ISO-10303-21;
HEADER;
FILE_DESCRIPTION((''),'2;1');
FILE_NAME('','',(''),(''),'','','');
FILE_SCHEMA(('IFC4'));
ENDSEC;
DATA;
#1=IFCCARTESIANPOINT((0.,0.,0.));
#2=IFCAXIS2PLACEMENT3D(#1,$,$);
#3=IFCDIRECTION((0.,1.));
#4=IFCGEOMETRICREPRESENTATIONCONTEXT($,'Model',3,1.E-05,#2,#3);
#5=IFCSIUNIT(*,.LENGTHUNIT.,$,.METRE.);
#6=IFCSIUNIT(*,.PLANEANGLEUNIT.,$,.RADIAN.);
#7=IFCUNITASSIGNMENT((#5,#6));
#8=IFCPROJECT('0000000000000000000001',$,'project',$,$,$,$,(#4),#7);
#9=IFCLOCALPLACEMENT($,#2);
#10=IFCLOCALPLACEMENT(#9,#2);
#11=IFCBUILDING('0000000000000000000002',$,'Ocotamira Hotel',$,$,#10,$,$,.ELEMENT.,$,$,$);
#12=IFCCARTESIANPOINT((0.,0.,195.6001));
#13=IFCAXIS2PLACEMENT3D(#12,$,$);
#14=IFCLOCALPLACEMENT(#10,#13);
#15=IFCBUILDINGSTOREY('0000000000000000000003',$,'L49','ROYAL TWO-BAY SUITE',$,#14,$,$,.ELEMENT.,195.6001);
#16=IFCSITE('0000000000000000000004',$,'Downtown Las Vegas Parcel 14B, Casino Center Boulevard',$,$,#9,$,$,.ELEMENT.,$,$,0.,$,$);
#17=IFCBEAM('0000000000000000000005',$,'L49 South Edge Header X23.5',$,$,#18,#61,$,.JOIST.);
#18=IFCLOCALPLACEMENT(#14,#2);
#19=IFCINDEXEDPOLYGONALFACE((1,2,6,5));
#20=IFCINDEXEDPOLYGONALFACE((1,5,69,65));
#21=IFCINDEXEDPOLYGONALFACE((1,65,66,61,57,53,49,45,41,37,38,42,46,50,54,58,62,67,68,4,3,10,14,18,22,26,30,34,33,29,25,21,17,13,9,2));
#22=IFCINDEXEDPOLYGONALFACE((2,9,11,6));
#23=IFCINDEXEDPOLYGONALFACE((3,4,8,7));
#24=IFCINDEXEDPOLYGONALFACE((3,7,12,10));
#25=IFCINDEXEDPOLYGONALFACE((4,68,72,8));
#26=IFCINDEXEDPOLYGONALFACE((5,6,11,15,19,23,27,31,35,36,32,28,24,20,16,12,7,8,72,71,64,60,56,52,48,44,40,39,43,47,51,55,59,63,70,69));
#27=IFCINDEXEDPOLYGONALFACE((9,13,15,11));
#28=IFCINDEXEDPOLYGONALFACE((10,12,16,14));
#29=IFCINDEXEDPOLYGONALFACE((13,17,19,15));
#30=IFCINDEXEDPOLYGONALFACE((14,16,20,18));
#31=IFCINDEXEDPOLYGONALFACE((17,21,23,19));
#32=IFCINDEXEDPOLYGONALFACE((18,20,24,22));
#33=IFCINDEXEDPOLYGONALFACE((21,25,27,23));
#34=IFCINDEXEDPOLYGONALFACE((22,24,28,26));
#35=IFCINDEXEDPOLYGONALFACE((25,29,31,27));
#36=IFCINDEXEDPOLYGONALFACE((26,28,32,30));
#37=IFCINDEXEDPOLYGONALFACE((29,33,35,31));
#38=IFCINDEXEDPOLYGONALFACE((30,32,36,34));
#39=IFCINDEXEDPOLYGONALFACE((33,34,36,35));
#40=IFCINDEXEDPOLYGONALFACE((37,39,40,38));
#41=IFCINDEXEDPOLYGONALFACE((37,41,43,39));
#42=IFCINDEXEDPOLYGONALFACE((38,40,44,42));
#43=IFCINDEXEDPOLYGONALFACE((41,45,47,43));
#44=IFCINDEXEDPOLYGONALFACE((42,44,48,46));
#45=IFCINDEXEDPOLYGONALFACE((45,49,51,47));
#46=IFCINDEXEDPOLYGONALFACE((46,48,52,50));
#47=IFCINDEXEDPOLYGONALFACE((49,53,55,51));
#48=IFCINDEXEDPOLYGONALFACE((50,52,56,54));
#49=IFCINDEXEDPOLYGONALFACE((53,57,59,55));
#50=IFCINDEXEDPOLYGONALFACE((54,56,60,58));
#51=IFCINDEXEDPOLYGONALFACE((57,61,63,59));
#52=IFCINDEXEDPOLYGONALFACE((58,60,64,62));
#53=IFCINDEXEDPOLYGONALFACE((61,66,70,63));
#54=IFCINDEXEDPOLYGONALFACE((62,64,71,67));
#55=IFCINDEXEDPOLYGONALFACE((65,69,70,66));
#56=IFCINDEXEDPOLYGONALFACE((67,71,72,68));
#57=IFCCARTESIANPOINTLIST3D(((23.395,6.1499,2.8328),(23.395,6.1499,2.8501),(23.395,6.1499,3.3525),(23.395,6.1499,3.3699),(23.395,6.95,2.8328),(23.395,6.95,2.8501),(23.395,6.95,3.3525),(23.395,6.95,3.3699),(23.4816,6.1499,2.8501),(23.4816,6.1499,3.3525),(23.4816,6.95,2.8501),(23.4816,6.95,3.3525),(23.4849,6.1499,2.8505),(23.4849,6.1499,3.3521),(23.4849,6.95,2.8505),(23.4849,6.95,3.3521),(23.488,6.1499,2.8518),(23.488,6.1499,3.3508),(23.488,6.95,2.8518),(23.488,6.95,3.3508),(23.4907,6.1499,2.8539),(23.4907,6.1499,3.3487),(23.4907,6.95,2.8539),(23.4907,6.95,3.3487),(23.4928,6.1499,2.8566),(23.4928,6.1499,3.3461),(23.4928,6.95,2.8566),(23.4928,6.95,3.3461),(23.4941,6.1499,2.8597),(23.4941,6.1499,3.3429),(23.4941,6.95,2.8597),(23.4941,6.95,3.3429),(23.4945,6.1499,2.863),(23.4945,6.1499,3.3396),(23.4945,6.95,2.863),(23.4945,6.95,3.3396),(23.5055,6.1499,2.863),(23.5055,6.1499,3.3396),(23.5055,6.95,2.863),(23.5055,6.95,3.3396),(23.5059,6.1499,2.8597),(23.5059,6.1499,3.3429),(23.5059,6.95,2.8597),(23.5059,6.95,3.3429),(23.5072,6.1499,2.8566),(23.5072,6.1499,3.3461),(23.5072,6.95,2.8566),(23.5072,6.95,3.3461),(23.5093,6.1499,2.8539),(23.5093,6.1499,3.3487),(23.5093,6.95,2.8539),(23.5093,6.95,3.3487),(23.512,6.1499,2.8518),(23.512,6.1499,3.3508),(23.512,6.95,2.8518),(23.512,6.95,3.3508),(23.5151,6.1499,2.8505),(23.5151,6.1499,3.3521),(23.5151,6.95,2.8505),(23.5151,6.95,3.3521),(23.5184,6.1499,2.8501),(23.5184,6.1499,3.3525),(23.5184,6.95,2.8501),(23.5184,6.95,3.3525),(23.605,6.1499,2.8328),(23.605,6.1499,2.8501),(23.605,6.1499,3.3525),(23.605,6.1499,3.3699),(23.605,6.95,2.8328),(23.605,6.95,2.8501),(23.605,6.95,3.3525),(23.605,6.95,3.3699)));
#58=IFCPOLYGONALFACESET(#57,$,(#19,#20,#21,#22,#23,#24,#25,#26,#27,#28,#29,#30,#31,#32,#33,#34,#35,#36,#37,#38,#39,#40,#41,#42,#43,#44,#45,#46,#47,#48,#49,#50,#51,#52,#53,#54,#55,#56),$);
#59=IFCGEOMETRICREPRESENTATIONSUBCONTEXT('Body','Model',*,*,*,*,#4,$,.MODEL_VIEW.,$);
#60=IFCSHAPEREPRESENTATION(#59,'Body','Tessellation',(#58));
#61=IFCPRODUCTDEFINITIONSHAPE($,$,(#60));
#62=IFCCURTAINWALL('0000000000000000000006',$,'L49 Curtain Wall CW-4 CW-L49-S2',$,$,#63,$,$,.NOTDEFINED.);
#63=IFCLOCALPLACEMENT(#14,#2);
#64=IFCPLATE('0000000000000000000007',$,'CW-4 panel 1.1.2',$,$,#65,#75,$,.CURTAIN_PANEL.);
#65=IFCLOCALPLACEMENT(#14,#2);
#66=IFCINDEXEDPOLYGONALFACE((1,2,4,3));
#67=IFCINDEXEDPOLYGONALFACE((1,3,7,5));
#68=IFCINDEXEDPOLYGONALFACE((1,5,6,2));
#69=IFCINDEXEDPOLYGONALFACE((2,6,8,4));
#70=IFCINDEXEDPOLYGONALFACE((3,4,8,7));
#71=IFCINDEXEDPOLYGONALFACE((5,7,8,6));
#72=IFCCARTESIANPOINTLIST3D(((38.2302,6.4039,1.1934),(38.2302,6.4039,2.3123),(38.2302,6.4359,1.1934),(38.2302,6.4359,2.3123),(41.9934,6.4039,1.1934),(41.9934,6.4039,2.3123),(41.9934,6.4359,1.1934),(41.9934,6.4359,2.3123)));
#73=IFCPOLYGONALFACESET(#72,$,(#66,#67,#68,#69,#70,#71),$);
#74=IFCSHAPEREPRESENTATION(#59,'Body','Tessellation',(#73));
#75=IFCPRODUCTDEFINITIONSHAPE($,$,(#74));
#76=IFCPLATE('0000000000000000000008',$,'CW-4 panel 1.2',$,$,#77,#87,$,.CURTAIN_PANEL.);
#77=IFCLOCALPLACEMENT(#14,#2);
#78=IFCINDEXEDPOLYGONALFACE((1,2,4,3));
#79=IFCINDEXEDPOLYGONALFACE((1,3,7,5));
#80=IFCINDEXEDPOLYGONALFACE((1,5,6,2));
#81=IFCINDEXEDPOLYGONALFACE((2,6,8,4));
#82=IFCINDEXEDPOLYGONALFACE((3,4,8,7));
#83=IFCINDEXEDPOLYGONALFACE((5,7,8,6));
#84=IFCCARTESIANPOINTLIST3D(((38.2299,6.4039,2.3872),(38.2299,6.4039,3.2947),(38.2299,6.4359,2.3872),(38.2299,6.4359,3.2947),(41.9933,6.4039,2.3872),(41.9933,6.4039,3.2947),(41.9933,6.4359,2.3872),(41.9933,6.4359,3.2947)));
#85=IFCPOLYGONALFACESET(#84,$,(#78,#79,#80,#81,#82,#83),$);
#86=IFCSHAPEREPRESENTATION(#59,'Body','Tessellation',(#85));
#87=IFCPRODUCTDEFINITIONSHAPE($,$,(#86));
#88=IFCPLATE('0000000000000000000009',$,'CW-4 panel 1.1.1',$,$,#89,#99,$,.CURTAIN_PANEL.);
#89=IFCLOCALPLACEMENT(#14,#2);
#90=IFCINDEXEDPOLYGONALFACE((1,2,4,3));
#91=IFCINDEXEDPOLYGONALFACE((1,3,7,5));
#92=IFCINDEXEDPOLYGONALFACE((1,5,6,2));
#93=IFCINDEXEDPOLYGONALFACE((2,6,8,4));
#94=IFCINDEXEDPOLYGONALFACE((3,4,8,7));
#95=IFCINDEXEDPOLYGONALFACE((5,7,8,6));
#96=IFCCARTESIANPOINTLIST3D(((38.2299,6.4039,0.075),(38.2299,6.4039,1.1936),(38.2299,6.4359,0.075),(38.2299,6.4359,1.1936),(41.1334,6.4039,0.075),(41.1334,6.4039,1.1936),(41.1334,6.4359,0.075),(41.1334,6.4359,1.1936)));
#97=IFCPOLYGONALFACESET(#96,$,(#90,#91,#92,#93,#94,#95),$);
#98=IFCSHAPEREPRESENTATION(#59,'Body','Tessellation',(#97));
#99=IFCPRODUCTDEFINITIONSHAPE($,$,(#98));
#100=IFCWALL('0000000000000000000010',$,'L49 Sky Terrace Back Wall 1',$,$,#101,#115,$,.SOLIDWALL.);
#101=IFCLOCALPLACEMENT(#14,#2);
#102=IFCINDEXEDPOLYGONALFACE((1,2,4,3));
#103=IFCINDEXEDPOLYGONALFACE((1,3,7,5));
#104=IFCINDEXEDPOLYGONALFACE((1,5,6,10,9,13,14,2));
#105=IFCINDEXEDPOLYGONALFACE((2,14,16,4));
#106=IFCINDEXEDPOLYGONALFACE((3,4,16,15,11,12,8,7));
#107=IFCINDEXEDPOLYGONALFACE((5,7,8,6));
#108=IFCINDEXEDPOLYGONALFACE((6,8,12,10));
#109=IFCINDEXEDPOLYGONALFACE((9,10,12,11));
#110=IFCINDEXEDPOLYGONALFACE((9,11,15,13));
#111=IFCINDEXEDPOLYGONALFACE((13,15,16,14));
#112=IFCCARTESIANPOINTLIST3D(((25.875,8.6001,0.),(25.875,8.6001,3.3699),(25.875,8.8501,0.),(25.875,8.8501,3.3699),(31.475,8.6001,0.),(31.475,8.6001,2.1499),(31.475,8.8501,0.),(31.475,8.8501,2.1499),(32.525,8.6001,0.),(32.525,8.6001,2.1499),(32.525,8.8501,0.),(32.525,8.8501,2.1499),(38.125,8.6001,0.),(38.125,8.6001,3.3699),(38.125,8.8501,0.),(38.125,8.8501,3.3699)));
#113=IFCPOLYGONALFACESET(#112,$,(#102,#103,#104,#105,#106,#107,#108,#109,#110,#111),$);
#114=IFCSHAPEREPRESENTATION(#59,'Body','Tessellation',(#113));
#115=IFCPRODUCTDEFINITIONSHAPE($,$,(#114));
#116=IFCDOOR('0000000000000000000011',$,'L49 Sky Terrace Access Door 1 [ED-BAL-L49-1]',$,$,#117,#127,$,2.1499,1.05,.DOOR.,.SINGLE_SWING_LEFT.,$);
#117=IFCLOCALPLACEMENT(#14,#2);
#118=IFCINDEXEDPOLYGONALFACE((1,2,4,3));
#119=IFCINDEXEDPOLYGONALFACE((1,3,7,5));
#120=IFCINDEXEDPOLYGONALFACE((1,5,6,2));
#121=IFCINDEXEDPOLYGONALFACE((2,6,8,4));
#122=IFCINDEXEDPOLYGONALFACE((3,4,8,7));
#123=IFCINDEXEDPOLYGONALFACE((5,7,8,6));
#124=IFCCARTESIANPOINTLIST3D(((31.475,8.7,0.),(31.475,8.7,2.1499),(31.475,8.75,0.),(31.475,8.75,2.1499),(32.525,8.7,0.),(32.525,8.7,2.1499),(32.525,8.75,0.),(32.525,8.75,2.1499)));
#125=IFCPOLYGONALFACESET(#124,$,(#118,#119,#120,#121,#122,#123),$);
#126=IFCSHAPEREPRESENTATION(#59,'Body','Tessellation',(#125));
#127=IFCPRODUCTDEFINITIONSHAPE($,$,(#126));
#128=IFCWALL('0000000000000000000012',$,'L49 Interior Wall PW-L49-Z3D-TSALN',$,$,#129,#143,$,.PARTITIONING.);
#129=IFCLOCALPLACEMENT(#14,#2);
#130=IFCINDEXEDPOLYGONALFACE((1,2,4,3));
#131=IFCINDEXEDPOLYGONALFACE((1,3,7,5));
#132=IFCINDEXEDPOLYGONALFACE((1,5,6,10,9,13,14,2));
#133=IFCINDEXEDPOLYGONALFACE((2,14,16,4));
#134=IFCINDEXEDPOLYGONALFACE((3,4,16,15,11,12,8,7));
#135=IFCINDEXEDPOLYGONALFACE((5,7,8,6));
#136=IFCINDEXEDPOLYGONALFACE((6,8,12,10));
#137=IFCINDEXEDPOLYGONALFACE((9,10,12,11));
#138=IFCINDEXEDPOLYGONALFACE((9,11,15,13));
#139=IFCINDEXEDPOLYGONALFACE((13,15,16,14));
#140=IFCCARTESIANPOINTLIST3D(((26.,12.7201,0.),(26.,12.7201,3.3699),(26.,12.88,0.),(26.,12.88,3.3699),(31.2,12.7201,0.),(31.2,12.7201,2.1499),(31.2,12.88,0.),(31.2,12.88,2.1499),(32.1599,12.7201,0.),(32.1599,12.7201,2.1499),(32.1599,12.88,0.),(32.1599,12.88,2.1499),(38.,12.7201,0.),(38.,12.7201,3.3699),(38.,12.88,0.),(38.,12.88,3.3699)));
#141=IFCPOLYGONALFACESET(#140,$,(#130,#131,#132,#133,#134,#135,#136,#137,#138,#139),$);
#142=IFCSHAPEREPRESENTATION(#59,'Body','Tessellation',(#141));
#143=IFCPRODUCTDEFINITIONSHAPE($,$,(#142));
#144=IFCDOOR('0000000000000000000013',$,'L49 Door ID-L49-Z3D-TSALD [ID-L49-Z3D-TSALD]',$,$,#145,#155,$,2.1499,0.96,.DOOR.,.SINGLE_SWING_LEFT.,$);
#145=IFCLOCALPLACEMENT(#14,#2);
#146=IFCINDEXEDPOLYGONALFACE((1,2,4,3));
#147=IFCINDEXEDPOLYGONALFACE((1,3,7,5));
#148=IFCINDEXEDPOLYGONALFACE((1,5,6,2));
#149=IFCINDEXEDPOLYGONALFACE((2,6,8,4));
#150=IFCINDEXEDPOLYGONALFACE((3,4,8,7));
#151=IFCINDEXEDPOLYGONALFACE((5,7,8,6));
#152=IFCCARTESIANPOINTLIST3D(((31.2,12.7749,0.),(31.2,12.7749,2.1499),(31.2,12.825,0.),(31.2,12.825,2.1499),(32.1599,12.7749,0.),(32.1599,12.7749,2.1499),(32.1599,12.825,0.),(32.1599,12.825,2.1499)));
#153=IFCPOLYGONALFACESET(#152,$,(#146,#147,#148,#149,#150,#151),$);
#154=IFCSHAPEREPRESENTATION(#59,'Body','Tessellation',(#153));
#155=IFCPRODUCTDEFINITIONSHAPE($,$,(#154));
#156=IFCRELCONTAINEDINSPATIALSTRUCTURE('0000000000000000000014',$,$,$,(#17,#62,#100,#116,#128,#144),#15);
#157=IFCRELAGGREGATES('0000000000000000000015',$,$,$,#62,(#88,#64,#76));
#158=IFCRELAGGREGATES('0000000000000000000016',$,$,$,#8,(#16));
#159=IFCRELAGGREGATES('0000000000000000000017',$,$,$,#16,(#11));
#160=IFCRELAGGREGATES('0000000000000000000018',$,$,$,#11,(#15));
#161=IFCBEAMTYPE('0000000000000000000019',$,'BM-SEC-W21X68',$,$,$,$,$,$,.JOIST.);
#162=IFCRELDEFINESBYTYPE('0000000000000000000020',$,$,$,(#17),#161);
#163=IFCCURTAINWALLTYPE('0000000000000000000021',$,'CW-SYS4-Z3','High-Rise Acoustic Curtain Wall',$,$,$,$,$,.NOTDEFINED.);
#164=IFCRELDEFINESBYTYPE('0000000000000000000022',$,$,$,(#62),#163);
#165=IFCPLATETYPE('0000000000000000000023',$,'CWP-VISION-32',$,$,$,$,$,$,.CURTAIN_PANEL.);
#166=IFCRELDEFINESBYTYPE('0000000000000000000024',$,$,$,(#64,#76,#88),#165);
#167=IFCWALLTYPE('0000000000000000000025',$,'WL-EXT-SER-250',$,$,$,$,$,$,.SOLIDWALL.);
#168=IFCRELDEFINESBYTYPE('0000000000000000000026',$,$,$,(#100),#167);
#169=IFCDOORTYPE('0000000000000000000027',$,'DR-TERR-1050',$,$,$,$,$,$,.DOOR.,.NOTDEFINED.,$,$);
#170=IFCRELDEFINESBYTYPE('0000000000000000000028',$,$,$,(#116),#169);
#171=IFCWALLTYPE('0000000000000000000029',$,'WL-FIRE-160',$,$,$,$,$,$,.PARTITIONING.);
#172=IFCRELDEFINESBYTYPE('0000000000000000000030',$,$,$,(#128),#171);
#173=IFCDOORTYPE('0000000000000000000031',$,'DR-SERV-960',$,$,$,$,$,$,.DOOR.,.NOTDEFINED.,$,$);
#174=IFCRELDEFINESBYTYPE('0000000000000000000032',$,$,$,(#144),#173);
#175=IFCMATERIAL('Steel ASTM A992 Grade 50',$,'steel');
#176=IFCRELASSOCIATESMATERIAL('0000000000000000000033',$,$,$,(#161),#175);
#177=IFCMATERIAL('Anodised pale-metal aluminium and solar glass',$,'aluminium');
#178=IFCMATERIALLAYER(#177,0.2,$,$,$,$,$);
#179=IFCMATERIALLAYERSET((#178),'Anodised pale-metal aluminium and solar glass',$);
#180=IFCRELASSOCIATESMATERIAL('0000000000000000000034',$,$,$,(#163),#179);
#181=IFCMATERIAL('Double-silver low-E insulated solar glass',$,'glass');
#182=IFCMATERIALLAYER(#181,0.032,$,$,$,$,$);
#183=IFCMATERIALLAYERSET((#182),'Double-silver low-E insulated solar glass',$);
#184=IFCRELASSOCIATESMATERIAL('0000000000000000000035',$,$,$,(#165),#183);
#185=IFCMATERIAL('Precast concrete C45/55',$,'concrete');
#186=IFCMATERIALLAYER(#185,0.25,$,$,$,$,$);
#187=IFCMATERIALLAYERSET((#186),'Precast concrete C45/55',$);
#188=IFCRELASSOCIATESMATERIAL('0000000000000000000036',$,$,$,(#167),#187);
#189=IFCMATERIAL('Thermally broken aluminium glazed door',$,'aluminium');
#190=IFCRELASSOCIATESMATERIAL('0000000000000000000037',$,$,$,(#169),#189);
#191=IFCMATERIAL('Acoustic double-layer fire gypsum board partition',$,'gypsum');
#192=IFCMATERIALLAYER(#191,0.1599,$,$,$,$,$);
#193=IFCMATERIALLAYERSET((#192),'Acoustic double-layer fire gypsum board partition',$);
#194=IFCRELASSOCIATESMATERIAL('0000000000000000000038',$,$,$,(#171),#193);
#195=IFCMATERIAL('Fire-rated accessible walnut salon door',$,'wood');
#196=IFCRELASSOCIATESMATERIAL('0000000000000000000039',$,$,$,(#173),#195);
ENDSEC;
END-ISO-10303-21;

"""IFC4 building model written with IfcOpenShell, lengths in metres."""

from ifc_helpers import new_model, si_unit, direction, frame, frame_2d, origin, origin_2d, place, context, subcontext, project, spatial, rectangle, i_section, extrude, source, transform, mapped, material, layer, layer_set, material_profile, profile_set, type_object, element, fill, aggregate, save


model = new_model("IFC4")

# Units and contexts
model_context = context("Model", 3, precision=1e-05, world=origin(), true_north=direction((0.0, 1.0)))
body_context = subcontext(model_context, "Body", "Model", "MODEL_VIEW")
ifc_project = project(units=[si_unit("LENGTHUNIT", "METRE"), si_unit("PLANEANGLEUNIT", "RADIAN")], contexts=[model_context])

# Site, building, storey
site_placement = place(None, origin())
site = spatial("IfcSite", under=ifc_project, at=site_placement, Name="Downtown Las Vegas Parcel 14B, Casino Center Boulevard", CompositionType="ELEMENT", RefElevation=0.0)
building_placement = place(site_placement, origin())
building = spatial("IfcBuilding", under=site, at=building_placement, Name="Ocotamira Hotel", CompositionType="ELEMENT")
storey_placement = place(building_placement, frame((0.0, 0.0, 195.6001)))
storey = spatial("IfcBuildingStorey", under=building, at=storey_placement, Name="L49", Description="ROYAL TWO-BAY SUITE", CompositionType="ELEMENT", Elevation=195.6001)

# Beam
ifc_material_1 = material(Name="Steel ASTM A992 Grade 50", Category="steel")
ifc_material_profile_1 = material_profile(ifc_material_1, i_section(OverallWidth=0.21, OverallDepth=0.5371, WebThickness=0.011, FlangeThickness=0.0173, FilletRadius=0.0129, at=origin_2d()), Name="W21X68")
ifc_profile_set_1 = profile_set([ifc_material_profile_1], Name="Steel ASTM A992 Grade 50")
beam_type_1 = type_object("IfcBeamType", Name="BM-SEC-W21X68", PredefinedType="JOIST", material=ifc_profile_set_1)
shared_shape_1 = source(origin(), body_context, "Body", "SweptSolid", [
    extrude(i_section(OverallWidth=0.21, OverallDepth=0.5371, WebThickness=0.011, FlangeThickness=0.0173, FilletRadius=0.0129, at=origin_2d()), origin(), (0.0, 0.0, 1.0), 0.8),
])
beam_1_placement = place(storey_placement, frame((23.5, 6.95, 3.1013), z_axis=(0.0, -1.0, 0.0), x_axis=(1.0, 0.0, 0.0)))
element("IfcBeam", 1, at=beam_1_placement, inside=storey, type_object=beam_type_1, Name="L49 South Edge Header X23.5", PredefinedType="JOIST", context=body_context, shape_type="MappedRepresentation", body=[
    mapped(shared_shape_1, transform((0.0, 0.0, 0.0), scale=1.0)),
])

# Curtain wall, plates
ifc_material_2 = material(Name="Anodised pale-metal aluminium and solar glass", Category="aluminium")
ifc_layer_1 = layer(ifc_material_2, 0.2)
ifc_layer_set_1 = layer_set([ifc_layer_1], Name="Anodised pale-metal aluminium and solar glass")
curtain_wall_type = type_object("IfcCurtainWallType", Name="CW-SYS4-Z3", Description="High-Rise Acoustic Curtain Wall", PredefinedType="NOTDEFINED", material=ifc_layer_set_1)
curtain_wall_placement = place(storey_placement, origin())
curtain_wall = element("IfcCurtainWall", 2, at=curtain_wall_placement, inside=storey, type_object=curtain_wall_type, Name="L49 Curtain Wall CW-4 CW-L49-S2", PredefinedType="NOTDEFINED")
ifc_material_3 = material(Name="Double-silver low-E insulated solar glass", Category="glass")
ifc_layer_2 = layer(ifc_material_3, 0.032)
ifc_layer_set_2 = layer_set([ifc_layer_2], Name="Double-silver low-E insulated solar glass")
plate_type = type_object("IfcPlateType", Name="CWP-VISION-32", PredefinedType="CURTAIN_PANEL", material=ifc_layer_set_2)
shared_shape_2 = source(origin(), body_context, "Body", "SweptSolid", [
    extrude(rectangle(XDim=3.7632, YDim=0.032, at=origin_2d()), origin(), (0.0, 0.0, 1.0), 1.1189),
])
plate_1_placement = place(storey_placement, frame((40.1118, 6.4199, 1.1934), z_axis=(0.0, 0.0, 1.0), x_axis=(1.0, 0.0, 0.0)))
plate_1 = element("IfcPlate", 3, at=plate_1_placement, type_object=plate_type, Name="CW-4 panel 1.1.2", PredefinedType="CURTAIN_PANEL", context=body_context, shape_type="MappedRepresentation", body=[
    mapped(shared_shape_2, transform((0.0, 0.0, 0.0), scale=1.0)),
])
shared_shape_3 = source(origin(), body_context, "Body", "SweptSolid", [
    extrude(rectangle(XDim=3.7634, YDim=0.032, at=origin_2d()), origin(), (0.0, 0.0, 1.0), 0.9075),
])
plate_2_placement = place(storey_placement, frame((40.1116, 6.4199, 2.3872), z_axis=(0.0, 0.0, 1.0), x_axis=(1.0, 0.0, 0.0)))
plate_2 = element("IfcPlate", 4, at=plate_2_placement, type_object=plate_type, Name="CW-4 panel 1.2", PredefinedType="CURTAIN_PANEL", context=body_context, shape_type="MappedRepresentation", body=[
    mapped(shared_shape_3, transform((0.0, 0.0, 0.0), scale=1.0)),
])
shared_shape_4 = source(origin(), body_context, "Body", "SweptSolid", [
    extrude(rectangle(XDim=2.9036, YDim=0.032, at=origin_2d()), origin(), (0.0, 0.0, 1.0), 1.1187),
])
plate_3_placement = place(storey_placement, frame((39.6816, 6.4199, 0.075), z_axis=(0.0, 0.0, 1.0), x_axis=(1.0, 0.0, 0.0)))
plate_3 = element("IfcPlate", 5, at=plate_3_placement, type_object=plate_type, Name="CW-4 panel 1.1.1", PredefinedType="CURTAIN_PANEL", context=body_context, shape_type="MappedRepresentation", body=[
    mapped(shared_shape_4, transform((0.0, 0.0, 0.0), scale=1.0)),
])
aggregate(curtain_wall, [plate_3, plate_1, plate_2])

# Walls, openings, doors
ifc_material_4 = material(Name="Precast concrete C45/55", Category="concrete")
ifc_layer_3 = layer(ifc_material_4, 0.25)
ifc_layer_set_3 = layer_set([ifc_layer_3], Name="Precast concrete C45/55")
wall_type_1 = type_object("IfcWallType", Name="WL-EXT-SER-250", PredefinedType="SOLIDWALL", material=ifc_layer_set_3)
wall_1_placement = place(storey_placement, frame((25.875, 8.7251, 0.0), z_axis=(0.0, 0.0, 1.0), x_axis=(1.0, 0.0, 0.0)))
wall_1 = element("IfcWall", 6, at=wall_1_placement, inside=storey, type_object=wall_type_1, Name="L49 Sky Terrace Back Wall 1", PredefinedType="SOLIDWALL", context=body_context, shape_type="SweptSolid", body=[
    extrude(rectangle(XDim=12.25, YDim=0.25, at=frame_2d((6.125, 0.0))), origin(), (0.0, 0.0, 1.0), 3.3699),
])
opening_1_placement = place(wall_1_placement, frame((5.6001, 0.0, 0.0)))
opening_1 = element("IfcOpeningElement", 7, at=opening_1_placement, cuts=wall_1, PredefinedType="OPENING", context=body_context, shape_type="SweptSolid", body=[
    extrude(rectangle(XDim=1.05, YDim=2.1499, at=frame_2d((0.5249, 1.075))), frame((0.0, 0.135, 0.0), z_axis=(0.0, -1.0, 0.0), x_axis=(1.0, 0.0, 0.0)), (0.0, 0.0, 1.0), 0.27),
])
ifc_material_5 = material(Name="Thermally broken aluminium glazed door", Category="aluminium")
door_type_1 = type_object("IfcDoorType", Name="DR-TERR-1050", OperationType="NOTDEFINED", PredefinedType="DOOR", material=ifc_material_5)
shared_shape_5 = source(origin(), body_context, "Body", "SweptSolid", [
    extrude(rectangle(XDim=1.05, YDim=2.1499, at=frame_2d((0.5249, 1.075))), frame((0.0, 0.0249, 0.0), z_axis=(0.0, -1.0, 0.0), x_axis=(1.0, 0.0, 0.0)), (0.0, 0.0, 1.0), 0.05),
])
door_1_placement = place(opening_1_placement, origin())
door_1 = element("IfcDoor", 8, at=door_1_placement, inside=storey, type_object=door_type_1, Name="L49 Sky Terrace Access Door 1 [ED-BAL-L49-1]", OperationType="SINGLE_SWING_LEFT", OverallHeight=2.1499, OverallWidth=1.05, PredefinedType="DOOR", context=body_context, shape_type="MappedRepresentation", body=[
    mapped(shared_shape_5, transform((0.0, 0.0, 0.0), scale=1.0)),
])
fill(opening_1, door_1)
ifc_material_6 = material(Name="Acoustic double-layer fire gypsum board partition", Category="gypsum")
ifc_layer_4 = layer(ifc_material_6, 0.1599)
ifc_layer_set_4 = layer_set([ifc_layer_4], Name="Acoustic double-layer fire gypsum board partition")
wall_type_2 = type_object("IfcWallType", Name="WL-FIRE-160", PredefinedType="PARTITIONING", material=ifc_layer_set_4)
wall_2_placement = place(storey_placement, frame((26.0, 12.8, 0.0), z_axis=(0.0, 0.0, 1.0), x_axis=(1.0, 0.0, 0.0)))
wall_2 = element("IfcWall", 9, at=wall_2_placement, inside=storey, type_object=wall_type_2, Name="L49 Interior Wall PW-L49-Z3D-TSALN", PredefinedType="PARTITIONING", context=body_context, shape_type="SweptSolid", body=[
    extrude(rectangle(XDim=12.0, YDim=0.1599, at=frame_2d((6.0, 0.0))), origin(), (0.0, 0.0, 1.0), 3.3699),
])
opening_2_placement = place(wall_2_placement, frame((5.2, 0.0, 0.0)))
opening_2 = element("IfcOpeningElement", 10, at=opening_2_placement, cuts=wall_2, PredefinedType="OPENING", context=body_context, shape_type="SweptSolid", body=[
    extrude(rectangle(XDim=0.96, YDim=2.1499, at=frame_2d((0.48, 1.075))), frame((0.0, 0.0898, 0.0), z_axis=(0.0, -1.0, 0.0), x_axis=(1.0, 0.0, 0.0)), (0.0, 0.0, 1.0), 0.1799),
])
ifc_material_7 = material(Name="Fire-rated accessible walnut salon door", Category="wood")
door_type_2 = type_object("IfcDoorType", Name="DR-SERV-960", OperationType="NOTDEFINED", PredefinedType="DOOR", material=ifc_material_7)
shared_shape_6 = source(origin(), body_context, "Body", "SweptSolid", [
    extrude(rectangle(XDim=0.96, YDim=2.1499, at=frame_2d((0.48, 1.075))), frame((0.0, 0.0249, 0.0), z_axis=(0.0, -1.0, 0.0), x_axis=(1.0, 0.0, 0.0)), (0.0, 0.0, 1.0), 0.05),
])
door_2_placement = place(opening_2_placement, origin())
door_2 = element("IfcDoor", 11, at=door_2_placement, inside=storey, type_object=door_type_2, Name="L49 Door ID-L49-Z3D-TSALD [ID-L49-Z3D-TSALD]", OperationType="SINGLE_SWING_LEFT", OverallHeight=2.1499, OverallWidth=0.96, PredefinedType="DOOR", context=body_context, shape_type="MappedRepresentation", body=[
    mapped(shared_shape_6, transform((0.0, 0.0, 0.0), scale=1.0)),
])
fill(opening_2, door_2)

save(model, "model.ifc")
